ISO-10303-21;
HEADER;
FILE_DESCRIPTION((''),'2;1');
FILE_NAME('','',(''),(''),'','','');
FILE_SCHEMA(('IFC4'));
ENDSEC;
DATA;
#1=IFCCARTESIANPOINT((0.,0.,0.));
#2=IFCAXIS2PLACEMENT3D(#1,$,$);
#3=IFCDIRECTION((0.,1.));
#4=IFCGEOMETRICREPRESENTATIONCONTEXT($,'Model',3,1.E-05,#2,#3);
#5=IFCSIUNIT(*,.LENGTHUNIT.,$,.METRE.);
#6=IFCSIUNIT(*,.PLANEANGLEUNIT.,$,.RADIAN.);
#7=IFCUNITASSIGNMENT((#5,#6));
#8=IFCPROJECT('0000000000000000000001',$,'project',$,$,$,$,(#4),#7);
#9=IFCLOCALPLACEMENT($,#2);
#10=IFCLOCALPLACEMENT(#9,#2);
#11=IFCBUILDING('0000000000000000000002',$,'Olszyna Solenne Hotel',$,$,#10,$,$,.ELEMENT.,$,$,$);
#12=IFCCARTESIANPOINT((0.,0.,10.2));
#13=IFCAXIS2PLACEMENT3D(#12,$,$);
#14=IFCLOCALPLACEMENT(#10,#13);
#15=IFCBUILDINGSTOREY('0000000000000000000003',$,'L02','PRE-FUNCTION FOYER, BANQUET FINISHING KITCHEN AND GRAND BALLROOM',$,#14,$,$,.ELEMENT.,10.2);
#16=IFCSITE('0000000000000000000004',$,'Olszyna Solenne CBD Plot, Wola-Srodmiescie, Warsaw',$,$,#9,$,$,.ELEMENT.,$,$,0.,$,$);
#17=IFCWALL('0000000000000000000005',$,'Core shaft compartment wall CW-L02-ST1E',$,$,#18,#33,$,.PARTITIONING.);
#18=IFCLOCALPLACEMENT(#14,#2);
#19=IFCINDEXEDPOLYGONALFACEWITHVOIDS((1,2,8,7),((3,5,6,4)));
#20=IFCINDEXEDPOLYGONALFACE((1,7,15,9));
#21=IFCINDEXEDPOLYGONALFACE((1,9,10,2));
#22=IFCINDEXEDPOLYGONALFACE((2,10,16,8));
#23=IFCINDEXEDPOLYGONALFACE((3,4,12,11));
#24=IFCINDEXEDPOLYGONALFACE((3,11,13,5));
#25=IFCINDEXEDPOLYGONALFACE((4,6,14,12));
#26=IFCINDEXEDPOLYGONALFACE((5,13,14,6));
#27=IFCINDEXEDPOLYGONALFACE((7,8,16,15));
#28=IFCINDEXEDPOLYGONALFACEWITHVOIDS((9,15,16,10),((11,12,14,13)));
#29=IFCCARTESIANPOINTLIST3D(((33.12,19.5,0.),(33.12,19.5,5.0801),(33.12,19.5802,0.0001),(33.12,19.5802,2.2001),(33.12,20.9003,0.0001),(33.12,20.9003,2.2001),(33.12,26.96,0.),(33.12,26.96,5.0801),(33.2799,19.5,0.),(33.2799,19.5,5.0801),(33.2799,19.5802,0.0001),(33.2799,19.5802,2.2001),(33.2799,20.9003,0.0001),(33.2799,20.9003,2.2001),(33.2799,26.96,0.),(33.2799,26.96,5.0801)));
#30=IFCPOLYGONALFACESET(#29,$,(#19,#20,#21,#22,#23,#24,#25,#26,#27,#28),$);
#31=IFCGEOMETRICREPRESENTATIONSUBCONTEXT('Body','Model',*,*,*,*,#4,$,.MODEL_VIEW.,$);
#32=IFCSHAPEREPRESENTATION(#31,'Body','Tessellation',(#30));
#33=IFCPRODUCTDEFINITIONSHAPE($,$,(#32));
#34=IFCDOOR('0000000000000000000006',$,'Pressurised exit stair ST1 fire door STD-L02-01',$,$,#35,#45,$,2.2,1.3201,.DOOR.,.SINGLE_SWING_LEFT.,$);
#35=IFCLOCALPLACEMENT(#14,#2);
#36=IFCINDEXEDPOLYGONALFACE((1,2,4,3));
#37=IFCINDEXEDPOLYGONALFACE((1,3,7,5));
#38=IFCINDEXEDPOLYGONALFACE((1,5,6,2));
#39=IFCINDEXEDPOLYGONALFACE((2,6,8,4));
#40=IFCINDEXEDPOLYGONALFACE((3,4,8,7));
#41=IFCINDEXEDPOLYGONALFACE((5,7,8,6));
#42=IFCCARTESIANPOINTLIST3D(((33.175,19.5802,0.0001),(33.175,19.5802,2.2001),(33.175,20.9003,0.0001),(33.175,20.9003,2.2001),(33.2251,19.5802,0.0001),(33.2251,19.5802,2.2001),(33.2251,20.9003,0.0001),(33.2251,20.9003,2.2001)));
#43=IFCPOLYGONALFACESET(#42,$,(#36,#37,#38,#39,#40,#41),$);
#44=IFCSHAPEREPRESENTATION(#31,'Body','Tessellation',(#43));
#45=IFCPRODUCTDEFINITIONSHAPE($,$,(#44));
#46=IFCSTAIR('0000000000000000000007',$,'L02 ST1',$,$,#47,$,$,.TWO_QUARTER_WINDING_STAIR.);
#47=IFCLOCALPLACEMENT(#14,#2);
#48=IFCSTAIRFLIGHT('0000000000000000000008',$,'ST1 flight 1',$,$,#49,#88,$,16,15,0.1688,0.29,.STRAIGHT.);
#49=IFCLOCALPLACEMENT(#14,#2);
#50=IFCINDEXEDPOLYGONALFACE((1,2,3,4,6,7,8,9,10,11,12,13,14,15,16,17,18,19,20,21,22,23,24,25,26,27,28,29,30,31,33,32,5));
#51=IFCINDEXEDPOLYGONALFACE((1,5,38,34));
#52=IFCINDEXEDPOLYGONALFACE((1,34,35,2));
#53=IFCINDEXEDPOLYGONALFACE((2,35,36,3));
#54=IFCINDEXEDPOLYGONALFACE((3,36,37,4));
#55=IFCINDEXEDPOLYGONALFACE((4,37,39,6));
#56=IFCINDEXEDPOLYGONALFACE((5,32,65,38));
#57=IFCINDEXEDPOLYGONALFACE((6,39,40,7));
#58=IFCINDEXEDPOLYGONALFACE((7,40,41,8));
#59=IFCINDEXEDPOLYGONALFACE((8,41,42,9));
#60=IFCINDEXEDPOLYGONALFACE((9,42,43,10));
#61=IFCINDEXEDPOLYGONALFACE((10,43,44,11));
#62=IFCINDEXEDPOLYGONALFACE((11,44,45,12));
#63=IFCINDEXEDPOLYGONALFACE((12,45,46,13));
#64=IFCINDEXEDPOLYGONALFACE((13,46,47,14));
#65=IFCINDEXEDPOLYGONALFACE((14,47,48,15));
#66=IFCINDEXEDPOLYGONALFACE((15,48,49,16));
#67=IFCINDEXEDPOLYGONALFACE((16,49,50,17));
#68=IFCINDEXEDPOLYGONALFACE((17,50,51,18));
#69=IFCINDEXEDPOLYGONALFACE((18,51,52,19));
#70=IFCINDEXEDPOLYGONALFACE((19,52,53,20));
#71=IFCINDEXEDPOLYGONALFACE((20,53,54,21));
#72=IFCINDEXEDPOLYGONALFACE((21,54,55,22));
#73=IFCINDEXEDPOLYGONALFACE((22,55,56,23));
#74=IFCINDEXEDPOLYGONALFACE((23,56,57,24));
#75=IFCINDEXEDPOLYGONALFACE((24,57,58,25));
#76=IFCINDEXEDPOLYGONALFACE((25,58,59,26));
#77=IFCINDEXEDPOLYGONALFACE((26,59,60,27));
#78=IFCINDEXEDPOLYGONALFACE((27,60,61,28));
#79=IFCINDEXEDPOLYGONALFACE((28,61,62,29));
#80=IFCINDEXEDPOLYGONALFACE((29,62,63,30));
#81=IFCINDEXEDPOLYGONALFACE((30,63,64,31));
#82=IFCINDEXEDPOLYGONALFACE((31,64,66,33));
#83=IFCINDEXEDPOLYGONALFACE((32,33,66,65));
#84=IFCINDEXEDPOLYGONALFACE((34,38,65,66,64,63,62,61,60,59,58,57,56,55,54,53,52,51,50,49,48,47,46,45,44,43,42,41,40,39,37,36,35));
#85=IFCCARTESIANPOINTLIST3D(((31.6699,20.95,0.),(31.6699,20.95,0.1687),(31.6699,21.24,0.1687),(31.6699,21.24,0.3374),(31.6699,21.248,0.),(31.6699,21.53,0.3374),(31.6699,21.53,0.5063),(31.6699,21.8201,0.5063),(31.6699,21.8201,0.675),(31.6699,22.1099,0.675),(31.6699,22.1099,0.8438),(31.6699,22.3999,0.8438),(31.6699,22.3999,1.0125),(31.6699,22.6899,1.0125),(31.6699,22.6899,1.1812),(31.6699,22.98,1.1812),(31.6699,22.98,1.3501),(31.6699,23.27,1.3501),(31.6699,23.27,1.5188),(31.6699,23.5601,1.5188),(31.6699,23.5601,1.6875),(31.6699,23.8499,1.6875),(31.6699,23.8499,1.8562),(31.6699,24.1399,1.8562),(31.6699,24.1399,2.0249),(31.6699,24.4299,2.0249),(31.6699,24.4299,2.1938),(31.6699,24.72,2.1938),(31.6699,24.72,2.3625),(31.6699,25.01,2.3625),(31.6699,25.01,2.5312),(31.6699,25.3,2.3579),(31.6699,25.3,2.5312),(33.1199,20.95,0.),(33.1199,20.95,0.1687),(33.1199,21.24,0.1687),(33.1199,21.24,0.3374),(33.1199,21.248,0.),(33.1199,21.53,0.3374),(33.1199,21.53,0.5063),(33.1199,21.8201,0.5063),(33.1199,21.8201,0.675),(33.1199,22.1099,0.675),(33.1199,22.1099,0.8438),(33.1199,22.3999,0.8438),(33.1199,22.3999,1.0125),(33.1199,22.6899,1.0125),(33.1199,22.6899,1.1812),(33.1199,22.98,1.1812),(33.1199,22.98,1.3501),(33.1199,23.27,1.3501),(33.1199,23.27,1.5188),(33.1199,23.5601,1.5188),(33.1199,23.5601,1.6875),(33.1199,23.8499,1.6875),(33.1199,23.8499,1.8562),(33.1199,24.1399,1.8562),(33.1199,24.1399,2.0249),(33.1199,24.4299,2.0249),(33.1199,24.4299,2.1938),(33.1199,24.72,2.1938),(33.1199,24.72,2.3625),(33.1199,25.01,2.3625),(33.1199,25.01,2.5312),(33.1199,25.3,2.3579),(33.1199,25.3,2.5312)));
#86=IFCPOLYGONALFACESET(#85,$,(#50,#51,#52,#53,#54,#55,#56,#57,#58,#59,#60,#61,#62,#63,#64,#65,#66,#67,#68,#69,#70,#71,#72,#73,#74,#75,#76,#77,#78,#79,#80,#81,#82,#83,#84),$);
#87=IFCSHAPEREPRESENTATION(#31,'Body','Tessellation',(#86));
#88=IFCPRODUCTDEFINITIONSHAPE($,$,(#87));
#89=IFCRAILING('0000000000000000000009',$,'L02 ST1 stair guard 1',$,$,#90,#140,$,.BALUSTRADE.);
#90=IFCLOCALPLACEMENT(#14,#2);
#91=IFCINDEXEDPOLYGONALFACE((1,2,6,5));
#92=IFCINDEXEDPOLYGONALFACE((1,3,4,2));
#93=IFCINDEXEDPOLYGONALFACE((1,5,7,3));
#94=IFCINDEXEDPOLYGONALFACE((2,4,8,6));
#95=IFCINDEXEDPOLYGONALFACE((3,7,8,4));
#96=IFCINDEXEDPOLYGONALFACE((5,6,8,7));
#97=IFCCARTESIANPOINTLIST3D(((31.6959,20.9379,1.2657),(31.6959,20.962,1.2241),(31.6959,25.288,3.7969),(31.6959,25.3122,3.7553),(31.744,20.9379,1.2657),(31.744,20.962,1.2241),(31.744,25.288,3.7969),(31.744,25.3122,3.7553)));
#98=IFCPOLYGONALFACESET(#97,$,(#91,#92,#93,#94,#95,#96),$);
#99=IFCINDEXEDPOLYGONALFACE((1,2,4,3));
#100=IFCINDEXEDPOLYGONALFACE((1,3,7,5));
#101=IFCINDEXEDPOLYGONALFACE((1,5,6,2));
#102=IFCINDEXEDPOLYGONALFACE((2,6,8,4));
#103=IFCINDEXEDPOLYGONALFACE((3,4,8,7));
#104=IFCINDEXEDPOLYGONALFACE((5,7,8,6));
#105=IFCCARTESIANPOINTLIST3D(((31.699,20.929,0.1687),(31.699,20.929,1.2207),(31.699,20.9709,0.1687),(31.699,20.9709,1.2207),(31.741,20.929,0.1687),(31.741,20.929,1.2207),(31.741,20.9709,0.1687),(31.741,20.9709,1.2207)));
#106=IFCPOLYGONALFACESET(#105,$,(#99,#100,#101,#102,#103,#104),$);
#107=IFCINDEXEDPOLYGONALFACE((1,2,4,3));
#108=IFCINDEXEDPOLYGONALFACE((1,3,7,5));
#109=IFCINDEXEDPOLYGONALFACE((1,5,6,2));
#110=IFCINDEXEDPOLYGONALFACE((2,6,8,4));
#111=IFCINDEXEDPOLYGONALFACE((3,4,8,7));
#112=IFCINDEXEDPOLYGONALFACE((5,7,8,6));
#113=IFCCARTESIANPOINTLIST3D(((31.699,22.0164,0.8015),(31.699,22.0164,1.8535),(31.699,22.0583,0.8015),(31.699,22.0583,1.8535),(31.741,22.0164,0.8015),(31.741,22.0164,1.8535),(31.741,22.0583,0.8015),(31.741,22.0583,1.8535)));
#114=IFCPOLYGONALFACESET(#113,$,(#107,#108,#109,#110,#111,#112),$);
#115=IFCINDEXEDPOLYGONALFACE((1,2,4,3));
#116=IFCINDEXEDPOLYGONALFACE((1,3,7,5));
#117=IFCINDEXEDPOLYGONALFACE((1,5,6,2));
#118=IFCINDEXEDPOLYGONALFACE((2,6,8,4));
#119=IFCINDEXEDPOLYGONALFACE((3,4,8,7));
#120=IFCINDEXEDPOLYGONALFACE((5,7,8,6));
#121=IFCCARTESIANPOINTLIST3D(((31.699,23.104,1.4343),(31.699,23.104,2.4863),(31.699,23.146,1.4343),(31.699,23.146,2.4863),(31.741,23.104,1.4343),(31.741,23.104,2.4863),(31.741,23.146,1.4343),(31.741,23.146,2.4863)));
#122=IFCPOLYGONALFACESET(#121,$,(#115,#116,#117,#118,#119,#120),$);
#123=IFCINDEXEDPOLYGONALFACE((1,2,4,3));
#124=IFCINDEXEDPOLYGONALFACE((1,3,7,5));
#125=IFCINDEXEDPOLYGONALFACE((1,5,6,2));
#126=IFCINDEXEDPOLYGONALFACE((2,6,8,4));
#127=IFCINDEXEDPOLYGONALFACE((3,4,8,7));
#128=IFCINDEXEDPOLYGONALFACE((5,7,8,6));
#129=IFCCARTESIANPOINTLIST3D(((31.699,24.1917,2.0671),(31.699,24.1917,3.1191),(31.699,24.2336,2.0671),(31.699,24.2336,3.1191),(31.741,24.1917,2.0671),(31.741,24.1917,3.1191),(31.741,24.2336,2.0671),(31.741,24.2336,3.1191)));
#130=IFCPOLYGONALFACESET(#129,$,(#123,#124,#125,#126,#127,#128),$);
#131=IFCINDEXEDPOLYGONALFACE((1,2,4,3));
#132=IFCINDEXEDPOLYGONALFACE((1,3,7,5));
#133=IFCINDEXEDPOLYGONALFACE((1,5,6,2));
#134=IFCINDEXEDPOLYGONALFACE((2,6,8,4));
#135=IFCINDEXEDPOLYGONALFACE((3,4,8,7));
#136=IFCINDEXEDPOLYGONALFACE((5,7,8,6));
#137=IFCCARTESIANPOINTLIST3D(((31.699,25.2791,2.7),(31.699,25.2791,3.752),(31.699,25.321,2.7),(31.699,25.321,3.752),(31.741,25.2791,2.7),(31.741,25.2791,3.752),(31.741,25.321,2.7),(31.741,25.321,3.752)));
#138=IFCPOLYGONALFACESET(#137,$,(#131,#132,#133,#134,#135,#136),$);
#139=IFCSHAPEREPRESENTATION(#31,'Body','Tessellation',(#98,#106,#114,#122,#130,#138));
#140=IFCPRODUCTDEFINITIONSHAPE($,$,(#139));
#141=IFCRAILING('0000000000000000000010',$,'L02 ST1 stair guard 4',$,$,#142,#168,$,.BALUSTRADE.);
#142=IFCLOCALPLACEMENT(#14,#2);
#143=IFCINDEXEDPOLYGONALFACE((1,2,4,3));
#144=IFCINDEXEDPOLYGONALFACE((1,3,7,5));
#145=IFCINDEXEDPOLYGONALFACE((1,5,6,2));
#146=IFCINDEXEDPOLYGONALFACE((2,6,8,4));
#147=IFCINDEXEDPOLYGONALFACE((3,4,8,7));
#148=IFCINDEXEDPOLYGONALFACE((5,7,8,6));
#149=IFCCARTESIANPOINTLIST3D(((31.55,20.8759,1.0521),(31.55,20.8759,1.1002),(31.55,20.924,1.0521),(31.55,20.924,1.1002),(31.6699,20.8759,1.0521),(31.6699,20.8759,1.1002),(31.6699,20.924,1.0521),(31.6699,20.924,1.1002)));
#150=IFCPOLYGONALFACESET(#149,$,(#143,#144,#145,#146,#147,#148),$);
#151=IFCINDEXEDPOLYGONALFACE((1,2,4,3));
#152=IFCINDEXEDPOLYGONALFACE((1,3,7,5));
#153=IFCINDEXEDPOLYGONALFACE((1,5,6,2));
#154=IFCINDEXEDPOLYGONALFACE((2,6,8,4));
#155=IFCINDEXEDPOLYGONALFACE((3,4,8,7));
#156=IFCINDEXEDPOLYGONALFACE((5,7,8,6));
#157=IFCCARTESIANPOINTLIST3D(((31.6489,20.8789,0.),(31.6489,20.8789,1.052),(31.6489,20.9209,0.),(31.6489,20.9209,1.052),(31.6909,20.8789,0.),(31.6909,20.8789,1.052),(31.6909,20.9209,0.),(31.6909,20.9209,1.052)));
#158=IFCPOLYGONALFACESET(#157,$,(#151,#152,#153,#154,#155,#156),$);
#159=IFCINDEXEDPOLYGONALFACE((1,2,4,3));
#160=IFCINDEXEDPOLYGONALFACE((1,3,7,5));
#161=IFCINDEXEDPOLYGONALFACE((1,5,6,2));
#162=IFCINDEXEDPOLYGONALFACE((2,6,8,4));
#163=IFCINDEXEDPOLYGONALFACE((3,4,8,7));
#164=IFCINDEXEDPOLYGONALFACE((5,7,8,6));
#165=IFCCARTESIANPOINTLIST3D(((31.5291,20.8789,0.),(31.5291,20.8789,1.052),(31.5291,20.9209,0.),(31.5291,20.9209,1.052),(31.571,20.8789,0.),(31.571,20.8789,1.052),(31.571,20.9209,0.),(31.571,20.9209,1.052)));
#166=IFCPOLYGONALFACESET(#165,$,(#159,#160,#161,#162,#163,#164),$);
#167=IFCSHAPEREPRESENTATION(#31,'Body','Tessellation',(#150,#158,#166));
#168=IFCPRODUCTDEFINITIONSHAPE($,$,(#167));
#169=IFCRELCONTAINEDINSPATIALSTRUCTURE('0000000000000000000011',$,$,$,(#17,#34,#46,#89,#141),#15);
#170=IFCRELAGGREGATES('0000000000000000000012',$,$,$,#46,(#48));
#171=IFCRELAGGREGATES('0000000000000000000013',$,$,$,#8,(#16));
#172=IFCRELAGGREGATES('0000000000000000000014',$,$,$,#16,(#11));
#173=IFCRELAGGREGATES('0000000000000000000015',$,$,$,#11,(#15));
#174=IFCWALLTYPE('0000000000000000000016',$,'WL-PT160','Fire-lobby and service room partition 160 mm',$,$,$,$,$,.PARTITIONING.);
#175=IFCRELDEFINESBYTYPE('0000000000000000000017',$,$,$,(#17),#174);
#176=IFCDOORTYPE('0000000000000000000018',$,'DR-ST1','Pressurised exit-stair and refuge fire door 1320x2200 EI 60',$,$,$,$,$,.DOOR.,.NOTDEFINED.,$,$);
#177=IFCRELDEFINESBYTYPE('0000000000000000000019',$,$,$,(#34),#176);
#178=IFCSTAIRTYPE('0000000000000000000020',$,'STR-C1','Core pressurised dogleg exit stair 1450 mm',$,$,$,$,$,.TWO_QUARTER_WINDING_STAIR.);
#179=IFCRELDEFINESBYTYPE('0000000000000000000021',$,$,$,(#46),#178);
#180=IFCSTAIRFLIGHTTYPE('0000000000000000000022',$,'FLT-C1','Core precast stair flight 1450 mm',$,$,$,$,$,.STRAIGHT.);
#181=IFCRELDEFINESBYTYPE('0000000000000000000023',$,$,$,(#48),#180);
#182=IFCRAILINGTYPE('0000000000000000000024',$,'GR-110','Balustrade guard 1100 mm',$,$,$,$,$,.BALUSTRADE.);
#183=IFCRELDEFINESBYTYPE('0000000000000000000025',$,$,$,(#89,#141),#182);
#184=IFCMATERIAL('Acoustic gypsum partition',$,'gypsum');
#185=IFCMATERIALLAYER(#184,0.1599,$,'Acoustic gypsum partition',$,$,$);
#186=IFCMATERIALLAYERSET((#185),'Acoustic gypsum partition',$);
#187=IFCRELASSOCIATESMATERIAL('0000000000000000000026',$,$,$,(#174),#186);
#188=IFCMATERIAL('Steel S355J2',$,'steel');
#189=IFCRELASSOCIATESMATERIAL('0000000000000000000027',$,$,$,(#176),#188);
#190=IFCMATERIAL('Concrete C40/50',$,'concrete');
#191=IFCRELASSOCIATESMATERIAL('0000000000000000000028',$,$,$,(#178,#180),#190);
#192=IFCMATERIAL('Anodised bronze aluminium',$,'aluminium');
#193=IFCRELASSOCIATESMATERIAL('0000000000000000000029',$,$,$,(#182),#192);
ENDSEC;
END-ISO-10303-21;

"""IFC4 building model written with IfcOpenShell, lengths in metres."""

from ifc_helpers import new_model, si_unit, direction, frame, frame_2d, origin, origin_2d, place, context, subcontext, project, spatial, polyline, rectangle, outline, extrude, source, transform, mapped, material, layer, layer_set, type_object, type_shapes, element, fill, aggregate, save


model = new_model("IFC4")

# Units and contexts
model_context = context("Model", 3, precision=1e-05, world=origin(), true_north=direction((0.0, 1.0)))
body_context = subcontext(model_context, "Body", "Model", "MODEL_VIEW")
ifc_project = project(units=[si_unit("LENGTHUNIT", "METRE"), si_unit("PLANEANGLEUNIT", "RADIAN")], contexts=[model_context])

# Site, building, storey
site_placement = place(None, origin())
site = spatial("IfcSite", under=ifc_project, at=site_placement, Name="Olszyna Solenne CBD Plot, Wola-Srodmiescie, Warsaw", CompositionType="ELEMENT", RefElevation=0.0)
building_placement = place(site_placement, origin())
building = spatial("IfcBuilding", under=site, at=building_placement, Name="Olszyna Solenne Hotel", CompositionType="ELEMENT")
storey_placement = place(building_placement, frame((0.0, 0.0, 10.2)))
storey = spatial("IfcBuildingStorey", under=building, at=storey_placement, Name="L02", Description="PRE-FUNCTION FOYER, BANQUET FINISHING KITCHEN AND GRAND BALLROOM", CompositionType="ELEMENT", Elevation=10.2)

# Shared definitions
ifc_material_1 = material(Name="Steel S355J2", Category="steel")

# Shared definitions
ifc_material_2 = material(Name="Anodised bronze aluminium", Category="aluminium")

# Wall, opening, door
ifc_material_3 = material(Name="Acoustic gypsum partition", Category="gypsum")
ifc_layer_1 = layer(ifc_material_3, 0.1599, Name="Acoustic gypsum partition")
ifc_layer_set_1 = layer_set([ifc_layer_1], Name="Acoustic gypsum partition")
wall_type_1 = type_object("IfcWallType", Name="WL-PT160", Description="Fire-lobby and service room partition 160 mm", PredefinedType="PARTITIONING", material=ifc_layer_set_1)
wall_1_placement = place(storey_placement, frame((33.2, 19.5, 0.0), z_axis=(0.0, 0.0, 1.0), x_axis=(0.0, 1.0, 0.0)))
wall_1 = element("IfcWall", 1, at=wall_1_placement, inside=storey, type_object=wall_type_1, Name="Core shaft compartment wall CW-L02-ST1E", PredefinedType="PARTITIONING", context=body_context, shape_type="SweptSolid", body=[
    extrude(rectangle(XDim=7.46, YDim=0.1599, at=frame_2d((3.73, 0.0))), origin(), (0.0, 0.0, 1.0), 5.0801),
])
opening_1_placement = place(wall_1_placement, frame((0.0801, 0.0, 0.0)))
opening_1 = element("IfcOpeningElement", 2, at=opening_1_placement, cuts=wall_1, PredefinedType="OPENING", context=body_context, shape_type="SweptSolid", body=[
    extrude(rectangle(XDim=1.3201, YDim=2.2, at=frame_2d((0.6602, 1.1001))), frame((0.0, 0.0898, 0.0), z_axis=(0.0, -1.0, 0.0), x_axis=(1.0, 0.0, 0.0)), (0.0, 0.0, 1.0), 0.1799),
])
door_type_1 = type_object("IfcDoorType", Name="DR-ST1", Description="Pressurised exit-stair and refuge fire door 1320x2200 EI 60", OperationType="NOTDEFINED", PredefinedType="DOOR", material=ifc_material_1)
shared_shape_1 = source(origin(), body_context, "Body", "SweptSolid", [
    extrude(rectangle(XDim=1.3201, YDim=2.2, at=frame_2d((0.6602, 1.1001))), frame((0.0, 0.0249, 0.0), z_axis=(0.0, -1.0, 0.0), x_axis=(1.0, 0.0, 0.0)), (0.0, 0.0, 1.0), 0.05),
])
type_shapes(door_type_1, [shared_shape_1])
door_1_placement = place(opening_1_placement, origin())
door_1 = element("IfcDoor", 3, at=door_1_placement, inside=storey, type_object=door_type_1, Name="Pressurised exit stair ST1 fire door STD-L02-01", OperationType="SINGLE_SWING_LEFT", OverallHeight=2.2, OverallWidth=1.3201, PredefinedType="DOOR", context=body_context, shape_type="MappedRepresentation", body=[
    mapped(shared_shape_1, transform((0.0, 0.0, 0.0), x_axis=(1.0, 0.0, 0.0), y_axis=(0.0, 1.0, 0.0), z_axis=(0.0, 0.0, 1.0), scale=1.0)),
])
fill(opening_1, door_1)

# Stair, stair flight
ifc_material_4 = material(Name="Concrete C40/50", Category="concrete")
stair_type = type_object("IfcStairType", Name="STR-C1", Description="Core pressurised dogleg exit stair 1450 mm", PredefinedType="TWO_QUARTER_WINDING_STAIR", material=ifc_material_4)
stair_placement = place(storey_placement, origin())
stair = element("IfcStair", 4, at=stair_placement, inside=storey, type_object=stair_type, Name="L02 ST1", PredefinedType="TWO_QUARTER_WINDING_STAIR")
stair_flight_type = type_object("IfcStairFlightType", Name="FLT-C1", Description="Core precast stair flight 1450 mm", PredefinedType="STRAIGHT", material=ifc_material_4)
stair_flight_placement = place(storey_placement, frame((32.395, 20.95, 0.0), z_axis=(0.0, 0.0, 1.0), x_axis=(0.0, 1.0, 0.0)))
stair_flight = element("IfcStairFlight", 5, at=stair_flight_placement, type_object=stair_flight_type, Name="ST1 flight 1", NumberOfRisers=16, NumberOfTreads=15, PredefinedType="STRAIGHT", RiserHeight=0.1688, TreadLength=0.29, context=body_context, shape_type="SweptSolid", body=[
    extrude(outline(polyline([(0.0, 0.0), (0.0, 0.1687), (0.29, 0.1687), (0.29, 0.3374), (0.5801, 0.3374), (0.5801, 0.5063), (0.8701, 0.5063), (0.8701, 0.675), (1.1599, 0.675), (1.1599, 0.8438), (1.45, 0.8438), (1.45, 1.0125), (1.74, 1.0125), (1.74, 1.1812), (2.03, 1.1812), (2.03, 1.3501), (2.3201, 1.3501), (2.3201, 1.5188), (2.6101, 1.5188), (2.6101, 1.6875), (2.8999, 1.6875), (2.8999, 1.8562), (3.1899, 1.8562), (3.1899, 2.0249), (3.48, 2.0249), (3.48, 2.1938), (3.77, 2.1938), (3.77, 2.3625), (4.0601, 2.3625), (4.0601, 2.5312), (4.3501, 2.5312), (4.3501, 2.7), (4.3501, 2.3579), (0.2981, 0.0), (0.0, 0.0)])), frame((0.0, 0.7251, 0.0), z_axis=(0.0, -1.0, 0.0), x_axis=(1.0, 0.0, 0.0)), (0.0, 0.0, 1.0), 1.45),
])
aggregate(stair, [stair_flight])

# Railings
railing_type_1 = type_object("IfcRailingType", Name="GR-110", Description="Balustrade guard 1100 mm", PredefinedType="BALUSTRADE", material=ifc_material_2)
railing_1_placement = place(storey_placement, frame((31.72, 20.95, 0.1687)))
element("IfcRailing", 6, at=railing_1_placement, inside=storey, type_object=railing_type_1, Name="L02 ST1 stair guard 1", PredefinedType="BALUSTRADE", context=body_context, shape_type="SweptSolid", body=[
    extrude(rectangle(XDim=0.0481, YDim=0.0481, at=origin_2d()), frame((0.0, 0.0, 1.0762), z_axis=(0.0, 0.864324, 0.502936), x_axis=(-1.0, 0.0, 0.0)), (0.0, 0.0, 1.0), 5.033),
    extrude(rectangle(XDim=0.042, YDim=0.042, at=origin_2d()), origin(), (0.0, 0.0, 1.0), 1.052),
    extrude(rectangle(XDim=0.042, YDim=0.042, at=origin_2d()), frame((0.0, 1.0874, 0.6328)), (0.0, 0.0, 1.0), 1.052),
    extrude(rectangle(XDim=0.042, YDim=0.042, at=origin_2d()), frame((0.0, 2.175, 1.2656)), (0.0, 0.0, 1.0), 1.052),
    extrude(rectangle(XDim=0.042, YDim=0.042, at=origin_2d()), frame((0.0, 3.2627, 1.8984)), (0.0, 0.0, 1.0), 1.052),
    extrude(rectangle(XDim=0.042, YDim=0.042, at=origin_2d()), frame((0.0, 4.3501, 2.5312)), (0.0, 0.0, 1.0), 1.052),
])
railing_2_placement = place(storey_placement, frame((31.6699, 20.8999, 0.0)))
element("IfcRailing", 7, at=railing_2_placement, inside=storey, type_object=railing_type_1, Name="L02 ST1 stair guard 4", PredefinedType="BALUSTRADE", context=body_context, shape_type="SweptSolid", body=[
    extrude(rectangle(XDim=0.0481, YDim=0.0481, at=origin_2d()), frame((0.0, 0.0, 1.0762), z_axis=(-1.0, 0.0, 0.0), x_axis=(0.0, -1.0, 0.0)), (0.0, 0.0, 1.0), 0.1199),
    extrude(rectangle(XDim=0.042, YDim=0.042, at=origin_2d()), origin(), (0.0, 0.0, 1.0), 1.052),
    extrude(rectangle(XDim=0.042, YDim=0.042, at=origin_2d()), frame((-0.1199, 0.0, 0.0)), (0.0, 0.0, 1.0), 1.052),
])

save(model, "model.ifc")
